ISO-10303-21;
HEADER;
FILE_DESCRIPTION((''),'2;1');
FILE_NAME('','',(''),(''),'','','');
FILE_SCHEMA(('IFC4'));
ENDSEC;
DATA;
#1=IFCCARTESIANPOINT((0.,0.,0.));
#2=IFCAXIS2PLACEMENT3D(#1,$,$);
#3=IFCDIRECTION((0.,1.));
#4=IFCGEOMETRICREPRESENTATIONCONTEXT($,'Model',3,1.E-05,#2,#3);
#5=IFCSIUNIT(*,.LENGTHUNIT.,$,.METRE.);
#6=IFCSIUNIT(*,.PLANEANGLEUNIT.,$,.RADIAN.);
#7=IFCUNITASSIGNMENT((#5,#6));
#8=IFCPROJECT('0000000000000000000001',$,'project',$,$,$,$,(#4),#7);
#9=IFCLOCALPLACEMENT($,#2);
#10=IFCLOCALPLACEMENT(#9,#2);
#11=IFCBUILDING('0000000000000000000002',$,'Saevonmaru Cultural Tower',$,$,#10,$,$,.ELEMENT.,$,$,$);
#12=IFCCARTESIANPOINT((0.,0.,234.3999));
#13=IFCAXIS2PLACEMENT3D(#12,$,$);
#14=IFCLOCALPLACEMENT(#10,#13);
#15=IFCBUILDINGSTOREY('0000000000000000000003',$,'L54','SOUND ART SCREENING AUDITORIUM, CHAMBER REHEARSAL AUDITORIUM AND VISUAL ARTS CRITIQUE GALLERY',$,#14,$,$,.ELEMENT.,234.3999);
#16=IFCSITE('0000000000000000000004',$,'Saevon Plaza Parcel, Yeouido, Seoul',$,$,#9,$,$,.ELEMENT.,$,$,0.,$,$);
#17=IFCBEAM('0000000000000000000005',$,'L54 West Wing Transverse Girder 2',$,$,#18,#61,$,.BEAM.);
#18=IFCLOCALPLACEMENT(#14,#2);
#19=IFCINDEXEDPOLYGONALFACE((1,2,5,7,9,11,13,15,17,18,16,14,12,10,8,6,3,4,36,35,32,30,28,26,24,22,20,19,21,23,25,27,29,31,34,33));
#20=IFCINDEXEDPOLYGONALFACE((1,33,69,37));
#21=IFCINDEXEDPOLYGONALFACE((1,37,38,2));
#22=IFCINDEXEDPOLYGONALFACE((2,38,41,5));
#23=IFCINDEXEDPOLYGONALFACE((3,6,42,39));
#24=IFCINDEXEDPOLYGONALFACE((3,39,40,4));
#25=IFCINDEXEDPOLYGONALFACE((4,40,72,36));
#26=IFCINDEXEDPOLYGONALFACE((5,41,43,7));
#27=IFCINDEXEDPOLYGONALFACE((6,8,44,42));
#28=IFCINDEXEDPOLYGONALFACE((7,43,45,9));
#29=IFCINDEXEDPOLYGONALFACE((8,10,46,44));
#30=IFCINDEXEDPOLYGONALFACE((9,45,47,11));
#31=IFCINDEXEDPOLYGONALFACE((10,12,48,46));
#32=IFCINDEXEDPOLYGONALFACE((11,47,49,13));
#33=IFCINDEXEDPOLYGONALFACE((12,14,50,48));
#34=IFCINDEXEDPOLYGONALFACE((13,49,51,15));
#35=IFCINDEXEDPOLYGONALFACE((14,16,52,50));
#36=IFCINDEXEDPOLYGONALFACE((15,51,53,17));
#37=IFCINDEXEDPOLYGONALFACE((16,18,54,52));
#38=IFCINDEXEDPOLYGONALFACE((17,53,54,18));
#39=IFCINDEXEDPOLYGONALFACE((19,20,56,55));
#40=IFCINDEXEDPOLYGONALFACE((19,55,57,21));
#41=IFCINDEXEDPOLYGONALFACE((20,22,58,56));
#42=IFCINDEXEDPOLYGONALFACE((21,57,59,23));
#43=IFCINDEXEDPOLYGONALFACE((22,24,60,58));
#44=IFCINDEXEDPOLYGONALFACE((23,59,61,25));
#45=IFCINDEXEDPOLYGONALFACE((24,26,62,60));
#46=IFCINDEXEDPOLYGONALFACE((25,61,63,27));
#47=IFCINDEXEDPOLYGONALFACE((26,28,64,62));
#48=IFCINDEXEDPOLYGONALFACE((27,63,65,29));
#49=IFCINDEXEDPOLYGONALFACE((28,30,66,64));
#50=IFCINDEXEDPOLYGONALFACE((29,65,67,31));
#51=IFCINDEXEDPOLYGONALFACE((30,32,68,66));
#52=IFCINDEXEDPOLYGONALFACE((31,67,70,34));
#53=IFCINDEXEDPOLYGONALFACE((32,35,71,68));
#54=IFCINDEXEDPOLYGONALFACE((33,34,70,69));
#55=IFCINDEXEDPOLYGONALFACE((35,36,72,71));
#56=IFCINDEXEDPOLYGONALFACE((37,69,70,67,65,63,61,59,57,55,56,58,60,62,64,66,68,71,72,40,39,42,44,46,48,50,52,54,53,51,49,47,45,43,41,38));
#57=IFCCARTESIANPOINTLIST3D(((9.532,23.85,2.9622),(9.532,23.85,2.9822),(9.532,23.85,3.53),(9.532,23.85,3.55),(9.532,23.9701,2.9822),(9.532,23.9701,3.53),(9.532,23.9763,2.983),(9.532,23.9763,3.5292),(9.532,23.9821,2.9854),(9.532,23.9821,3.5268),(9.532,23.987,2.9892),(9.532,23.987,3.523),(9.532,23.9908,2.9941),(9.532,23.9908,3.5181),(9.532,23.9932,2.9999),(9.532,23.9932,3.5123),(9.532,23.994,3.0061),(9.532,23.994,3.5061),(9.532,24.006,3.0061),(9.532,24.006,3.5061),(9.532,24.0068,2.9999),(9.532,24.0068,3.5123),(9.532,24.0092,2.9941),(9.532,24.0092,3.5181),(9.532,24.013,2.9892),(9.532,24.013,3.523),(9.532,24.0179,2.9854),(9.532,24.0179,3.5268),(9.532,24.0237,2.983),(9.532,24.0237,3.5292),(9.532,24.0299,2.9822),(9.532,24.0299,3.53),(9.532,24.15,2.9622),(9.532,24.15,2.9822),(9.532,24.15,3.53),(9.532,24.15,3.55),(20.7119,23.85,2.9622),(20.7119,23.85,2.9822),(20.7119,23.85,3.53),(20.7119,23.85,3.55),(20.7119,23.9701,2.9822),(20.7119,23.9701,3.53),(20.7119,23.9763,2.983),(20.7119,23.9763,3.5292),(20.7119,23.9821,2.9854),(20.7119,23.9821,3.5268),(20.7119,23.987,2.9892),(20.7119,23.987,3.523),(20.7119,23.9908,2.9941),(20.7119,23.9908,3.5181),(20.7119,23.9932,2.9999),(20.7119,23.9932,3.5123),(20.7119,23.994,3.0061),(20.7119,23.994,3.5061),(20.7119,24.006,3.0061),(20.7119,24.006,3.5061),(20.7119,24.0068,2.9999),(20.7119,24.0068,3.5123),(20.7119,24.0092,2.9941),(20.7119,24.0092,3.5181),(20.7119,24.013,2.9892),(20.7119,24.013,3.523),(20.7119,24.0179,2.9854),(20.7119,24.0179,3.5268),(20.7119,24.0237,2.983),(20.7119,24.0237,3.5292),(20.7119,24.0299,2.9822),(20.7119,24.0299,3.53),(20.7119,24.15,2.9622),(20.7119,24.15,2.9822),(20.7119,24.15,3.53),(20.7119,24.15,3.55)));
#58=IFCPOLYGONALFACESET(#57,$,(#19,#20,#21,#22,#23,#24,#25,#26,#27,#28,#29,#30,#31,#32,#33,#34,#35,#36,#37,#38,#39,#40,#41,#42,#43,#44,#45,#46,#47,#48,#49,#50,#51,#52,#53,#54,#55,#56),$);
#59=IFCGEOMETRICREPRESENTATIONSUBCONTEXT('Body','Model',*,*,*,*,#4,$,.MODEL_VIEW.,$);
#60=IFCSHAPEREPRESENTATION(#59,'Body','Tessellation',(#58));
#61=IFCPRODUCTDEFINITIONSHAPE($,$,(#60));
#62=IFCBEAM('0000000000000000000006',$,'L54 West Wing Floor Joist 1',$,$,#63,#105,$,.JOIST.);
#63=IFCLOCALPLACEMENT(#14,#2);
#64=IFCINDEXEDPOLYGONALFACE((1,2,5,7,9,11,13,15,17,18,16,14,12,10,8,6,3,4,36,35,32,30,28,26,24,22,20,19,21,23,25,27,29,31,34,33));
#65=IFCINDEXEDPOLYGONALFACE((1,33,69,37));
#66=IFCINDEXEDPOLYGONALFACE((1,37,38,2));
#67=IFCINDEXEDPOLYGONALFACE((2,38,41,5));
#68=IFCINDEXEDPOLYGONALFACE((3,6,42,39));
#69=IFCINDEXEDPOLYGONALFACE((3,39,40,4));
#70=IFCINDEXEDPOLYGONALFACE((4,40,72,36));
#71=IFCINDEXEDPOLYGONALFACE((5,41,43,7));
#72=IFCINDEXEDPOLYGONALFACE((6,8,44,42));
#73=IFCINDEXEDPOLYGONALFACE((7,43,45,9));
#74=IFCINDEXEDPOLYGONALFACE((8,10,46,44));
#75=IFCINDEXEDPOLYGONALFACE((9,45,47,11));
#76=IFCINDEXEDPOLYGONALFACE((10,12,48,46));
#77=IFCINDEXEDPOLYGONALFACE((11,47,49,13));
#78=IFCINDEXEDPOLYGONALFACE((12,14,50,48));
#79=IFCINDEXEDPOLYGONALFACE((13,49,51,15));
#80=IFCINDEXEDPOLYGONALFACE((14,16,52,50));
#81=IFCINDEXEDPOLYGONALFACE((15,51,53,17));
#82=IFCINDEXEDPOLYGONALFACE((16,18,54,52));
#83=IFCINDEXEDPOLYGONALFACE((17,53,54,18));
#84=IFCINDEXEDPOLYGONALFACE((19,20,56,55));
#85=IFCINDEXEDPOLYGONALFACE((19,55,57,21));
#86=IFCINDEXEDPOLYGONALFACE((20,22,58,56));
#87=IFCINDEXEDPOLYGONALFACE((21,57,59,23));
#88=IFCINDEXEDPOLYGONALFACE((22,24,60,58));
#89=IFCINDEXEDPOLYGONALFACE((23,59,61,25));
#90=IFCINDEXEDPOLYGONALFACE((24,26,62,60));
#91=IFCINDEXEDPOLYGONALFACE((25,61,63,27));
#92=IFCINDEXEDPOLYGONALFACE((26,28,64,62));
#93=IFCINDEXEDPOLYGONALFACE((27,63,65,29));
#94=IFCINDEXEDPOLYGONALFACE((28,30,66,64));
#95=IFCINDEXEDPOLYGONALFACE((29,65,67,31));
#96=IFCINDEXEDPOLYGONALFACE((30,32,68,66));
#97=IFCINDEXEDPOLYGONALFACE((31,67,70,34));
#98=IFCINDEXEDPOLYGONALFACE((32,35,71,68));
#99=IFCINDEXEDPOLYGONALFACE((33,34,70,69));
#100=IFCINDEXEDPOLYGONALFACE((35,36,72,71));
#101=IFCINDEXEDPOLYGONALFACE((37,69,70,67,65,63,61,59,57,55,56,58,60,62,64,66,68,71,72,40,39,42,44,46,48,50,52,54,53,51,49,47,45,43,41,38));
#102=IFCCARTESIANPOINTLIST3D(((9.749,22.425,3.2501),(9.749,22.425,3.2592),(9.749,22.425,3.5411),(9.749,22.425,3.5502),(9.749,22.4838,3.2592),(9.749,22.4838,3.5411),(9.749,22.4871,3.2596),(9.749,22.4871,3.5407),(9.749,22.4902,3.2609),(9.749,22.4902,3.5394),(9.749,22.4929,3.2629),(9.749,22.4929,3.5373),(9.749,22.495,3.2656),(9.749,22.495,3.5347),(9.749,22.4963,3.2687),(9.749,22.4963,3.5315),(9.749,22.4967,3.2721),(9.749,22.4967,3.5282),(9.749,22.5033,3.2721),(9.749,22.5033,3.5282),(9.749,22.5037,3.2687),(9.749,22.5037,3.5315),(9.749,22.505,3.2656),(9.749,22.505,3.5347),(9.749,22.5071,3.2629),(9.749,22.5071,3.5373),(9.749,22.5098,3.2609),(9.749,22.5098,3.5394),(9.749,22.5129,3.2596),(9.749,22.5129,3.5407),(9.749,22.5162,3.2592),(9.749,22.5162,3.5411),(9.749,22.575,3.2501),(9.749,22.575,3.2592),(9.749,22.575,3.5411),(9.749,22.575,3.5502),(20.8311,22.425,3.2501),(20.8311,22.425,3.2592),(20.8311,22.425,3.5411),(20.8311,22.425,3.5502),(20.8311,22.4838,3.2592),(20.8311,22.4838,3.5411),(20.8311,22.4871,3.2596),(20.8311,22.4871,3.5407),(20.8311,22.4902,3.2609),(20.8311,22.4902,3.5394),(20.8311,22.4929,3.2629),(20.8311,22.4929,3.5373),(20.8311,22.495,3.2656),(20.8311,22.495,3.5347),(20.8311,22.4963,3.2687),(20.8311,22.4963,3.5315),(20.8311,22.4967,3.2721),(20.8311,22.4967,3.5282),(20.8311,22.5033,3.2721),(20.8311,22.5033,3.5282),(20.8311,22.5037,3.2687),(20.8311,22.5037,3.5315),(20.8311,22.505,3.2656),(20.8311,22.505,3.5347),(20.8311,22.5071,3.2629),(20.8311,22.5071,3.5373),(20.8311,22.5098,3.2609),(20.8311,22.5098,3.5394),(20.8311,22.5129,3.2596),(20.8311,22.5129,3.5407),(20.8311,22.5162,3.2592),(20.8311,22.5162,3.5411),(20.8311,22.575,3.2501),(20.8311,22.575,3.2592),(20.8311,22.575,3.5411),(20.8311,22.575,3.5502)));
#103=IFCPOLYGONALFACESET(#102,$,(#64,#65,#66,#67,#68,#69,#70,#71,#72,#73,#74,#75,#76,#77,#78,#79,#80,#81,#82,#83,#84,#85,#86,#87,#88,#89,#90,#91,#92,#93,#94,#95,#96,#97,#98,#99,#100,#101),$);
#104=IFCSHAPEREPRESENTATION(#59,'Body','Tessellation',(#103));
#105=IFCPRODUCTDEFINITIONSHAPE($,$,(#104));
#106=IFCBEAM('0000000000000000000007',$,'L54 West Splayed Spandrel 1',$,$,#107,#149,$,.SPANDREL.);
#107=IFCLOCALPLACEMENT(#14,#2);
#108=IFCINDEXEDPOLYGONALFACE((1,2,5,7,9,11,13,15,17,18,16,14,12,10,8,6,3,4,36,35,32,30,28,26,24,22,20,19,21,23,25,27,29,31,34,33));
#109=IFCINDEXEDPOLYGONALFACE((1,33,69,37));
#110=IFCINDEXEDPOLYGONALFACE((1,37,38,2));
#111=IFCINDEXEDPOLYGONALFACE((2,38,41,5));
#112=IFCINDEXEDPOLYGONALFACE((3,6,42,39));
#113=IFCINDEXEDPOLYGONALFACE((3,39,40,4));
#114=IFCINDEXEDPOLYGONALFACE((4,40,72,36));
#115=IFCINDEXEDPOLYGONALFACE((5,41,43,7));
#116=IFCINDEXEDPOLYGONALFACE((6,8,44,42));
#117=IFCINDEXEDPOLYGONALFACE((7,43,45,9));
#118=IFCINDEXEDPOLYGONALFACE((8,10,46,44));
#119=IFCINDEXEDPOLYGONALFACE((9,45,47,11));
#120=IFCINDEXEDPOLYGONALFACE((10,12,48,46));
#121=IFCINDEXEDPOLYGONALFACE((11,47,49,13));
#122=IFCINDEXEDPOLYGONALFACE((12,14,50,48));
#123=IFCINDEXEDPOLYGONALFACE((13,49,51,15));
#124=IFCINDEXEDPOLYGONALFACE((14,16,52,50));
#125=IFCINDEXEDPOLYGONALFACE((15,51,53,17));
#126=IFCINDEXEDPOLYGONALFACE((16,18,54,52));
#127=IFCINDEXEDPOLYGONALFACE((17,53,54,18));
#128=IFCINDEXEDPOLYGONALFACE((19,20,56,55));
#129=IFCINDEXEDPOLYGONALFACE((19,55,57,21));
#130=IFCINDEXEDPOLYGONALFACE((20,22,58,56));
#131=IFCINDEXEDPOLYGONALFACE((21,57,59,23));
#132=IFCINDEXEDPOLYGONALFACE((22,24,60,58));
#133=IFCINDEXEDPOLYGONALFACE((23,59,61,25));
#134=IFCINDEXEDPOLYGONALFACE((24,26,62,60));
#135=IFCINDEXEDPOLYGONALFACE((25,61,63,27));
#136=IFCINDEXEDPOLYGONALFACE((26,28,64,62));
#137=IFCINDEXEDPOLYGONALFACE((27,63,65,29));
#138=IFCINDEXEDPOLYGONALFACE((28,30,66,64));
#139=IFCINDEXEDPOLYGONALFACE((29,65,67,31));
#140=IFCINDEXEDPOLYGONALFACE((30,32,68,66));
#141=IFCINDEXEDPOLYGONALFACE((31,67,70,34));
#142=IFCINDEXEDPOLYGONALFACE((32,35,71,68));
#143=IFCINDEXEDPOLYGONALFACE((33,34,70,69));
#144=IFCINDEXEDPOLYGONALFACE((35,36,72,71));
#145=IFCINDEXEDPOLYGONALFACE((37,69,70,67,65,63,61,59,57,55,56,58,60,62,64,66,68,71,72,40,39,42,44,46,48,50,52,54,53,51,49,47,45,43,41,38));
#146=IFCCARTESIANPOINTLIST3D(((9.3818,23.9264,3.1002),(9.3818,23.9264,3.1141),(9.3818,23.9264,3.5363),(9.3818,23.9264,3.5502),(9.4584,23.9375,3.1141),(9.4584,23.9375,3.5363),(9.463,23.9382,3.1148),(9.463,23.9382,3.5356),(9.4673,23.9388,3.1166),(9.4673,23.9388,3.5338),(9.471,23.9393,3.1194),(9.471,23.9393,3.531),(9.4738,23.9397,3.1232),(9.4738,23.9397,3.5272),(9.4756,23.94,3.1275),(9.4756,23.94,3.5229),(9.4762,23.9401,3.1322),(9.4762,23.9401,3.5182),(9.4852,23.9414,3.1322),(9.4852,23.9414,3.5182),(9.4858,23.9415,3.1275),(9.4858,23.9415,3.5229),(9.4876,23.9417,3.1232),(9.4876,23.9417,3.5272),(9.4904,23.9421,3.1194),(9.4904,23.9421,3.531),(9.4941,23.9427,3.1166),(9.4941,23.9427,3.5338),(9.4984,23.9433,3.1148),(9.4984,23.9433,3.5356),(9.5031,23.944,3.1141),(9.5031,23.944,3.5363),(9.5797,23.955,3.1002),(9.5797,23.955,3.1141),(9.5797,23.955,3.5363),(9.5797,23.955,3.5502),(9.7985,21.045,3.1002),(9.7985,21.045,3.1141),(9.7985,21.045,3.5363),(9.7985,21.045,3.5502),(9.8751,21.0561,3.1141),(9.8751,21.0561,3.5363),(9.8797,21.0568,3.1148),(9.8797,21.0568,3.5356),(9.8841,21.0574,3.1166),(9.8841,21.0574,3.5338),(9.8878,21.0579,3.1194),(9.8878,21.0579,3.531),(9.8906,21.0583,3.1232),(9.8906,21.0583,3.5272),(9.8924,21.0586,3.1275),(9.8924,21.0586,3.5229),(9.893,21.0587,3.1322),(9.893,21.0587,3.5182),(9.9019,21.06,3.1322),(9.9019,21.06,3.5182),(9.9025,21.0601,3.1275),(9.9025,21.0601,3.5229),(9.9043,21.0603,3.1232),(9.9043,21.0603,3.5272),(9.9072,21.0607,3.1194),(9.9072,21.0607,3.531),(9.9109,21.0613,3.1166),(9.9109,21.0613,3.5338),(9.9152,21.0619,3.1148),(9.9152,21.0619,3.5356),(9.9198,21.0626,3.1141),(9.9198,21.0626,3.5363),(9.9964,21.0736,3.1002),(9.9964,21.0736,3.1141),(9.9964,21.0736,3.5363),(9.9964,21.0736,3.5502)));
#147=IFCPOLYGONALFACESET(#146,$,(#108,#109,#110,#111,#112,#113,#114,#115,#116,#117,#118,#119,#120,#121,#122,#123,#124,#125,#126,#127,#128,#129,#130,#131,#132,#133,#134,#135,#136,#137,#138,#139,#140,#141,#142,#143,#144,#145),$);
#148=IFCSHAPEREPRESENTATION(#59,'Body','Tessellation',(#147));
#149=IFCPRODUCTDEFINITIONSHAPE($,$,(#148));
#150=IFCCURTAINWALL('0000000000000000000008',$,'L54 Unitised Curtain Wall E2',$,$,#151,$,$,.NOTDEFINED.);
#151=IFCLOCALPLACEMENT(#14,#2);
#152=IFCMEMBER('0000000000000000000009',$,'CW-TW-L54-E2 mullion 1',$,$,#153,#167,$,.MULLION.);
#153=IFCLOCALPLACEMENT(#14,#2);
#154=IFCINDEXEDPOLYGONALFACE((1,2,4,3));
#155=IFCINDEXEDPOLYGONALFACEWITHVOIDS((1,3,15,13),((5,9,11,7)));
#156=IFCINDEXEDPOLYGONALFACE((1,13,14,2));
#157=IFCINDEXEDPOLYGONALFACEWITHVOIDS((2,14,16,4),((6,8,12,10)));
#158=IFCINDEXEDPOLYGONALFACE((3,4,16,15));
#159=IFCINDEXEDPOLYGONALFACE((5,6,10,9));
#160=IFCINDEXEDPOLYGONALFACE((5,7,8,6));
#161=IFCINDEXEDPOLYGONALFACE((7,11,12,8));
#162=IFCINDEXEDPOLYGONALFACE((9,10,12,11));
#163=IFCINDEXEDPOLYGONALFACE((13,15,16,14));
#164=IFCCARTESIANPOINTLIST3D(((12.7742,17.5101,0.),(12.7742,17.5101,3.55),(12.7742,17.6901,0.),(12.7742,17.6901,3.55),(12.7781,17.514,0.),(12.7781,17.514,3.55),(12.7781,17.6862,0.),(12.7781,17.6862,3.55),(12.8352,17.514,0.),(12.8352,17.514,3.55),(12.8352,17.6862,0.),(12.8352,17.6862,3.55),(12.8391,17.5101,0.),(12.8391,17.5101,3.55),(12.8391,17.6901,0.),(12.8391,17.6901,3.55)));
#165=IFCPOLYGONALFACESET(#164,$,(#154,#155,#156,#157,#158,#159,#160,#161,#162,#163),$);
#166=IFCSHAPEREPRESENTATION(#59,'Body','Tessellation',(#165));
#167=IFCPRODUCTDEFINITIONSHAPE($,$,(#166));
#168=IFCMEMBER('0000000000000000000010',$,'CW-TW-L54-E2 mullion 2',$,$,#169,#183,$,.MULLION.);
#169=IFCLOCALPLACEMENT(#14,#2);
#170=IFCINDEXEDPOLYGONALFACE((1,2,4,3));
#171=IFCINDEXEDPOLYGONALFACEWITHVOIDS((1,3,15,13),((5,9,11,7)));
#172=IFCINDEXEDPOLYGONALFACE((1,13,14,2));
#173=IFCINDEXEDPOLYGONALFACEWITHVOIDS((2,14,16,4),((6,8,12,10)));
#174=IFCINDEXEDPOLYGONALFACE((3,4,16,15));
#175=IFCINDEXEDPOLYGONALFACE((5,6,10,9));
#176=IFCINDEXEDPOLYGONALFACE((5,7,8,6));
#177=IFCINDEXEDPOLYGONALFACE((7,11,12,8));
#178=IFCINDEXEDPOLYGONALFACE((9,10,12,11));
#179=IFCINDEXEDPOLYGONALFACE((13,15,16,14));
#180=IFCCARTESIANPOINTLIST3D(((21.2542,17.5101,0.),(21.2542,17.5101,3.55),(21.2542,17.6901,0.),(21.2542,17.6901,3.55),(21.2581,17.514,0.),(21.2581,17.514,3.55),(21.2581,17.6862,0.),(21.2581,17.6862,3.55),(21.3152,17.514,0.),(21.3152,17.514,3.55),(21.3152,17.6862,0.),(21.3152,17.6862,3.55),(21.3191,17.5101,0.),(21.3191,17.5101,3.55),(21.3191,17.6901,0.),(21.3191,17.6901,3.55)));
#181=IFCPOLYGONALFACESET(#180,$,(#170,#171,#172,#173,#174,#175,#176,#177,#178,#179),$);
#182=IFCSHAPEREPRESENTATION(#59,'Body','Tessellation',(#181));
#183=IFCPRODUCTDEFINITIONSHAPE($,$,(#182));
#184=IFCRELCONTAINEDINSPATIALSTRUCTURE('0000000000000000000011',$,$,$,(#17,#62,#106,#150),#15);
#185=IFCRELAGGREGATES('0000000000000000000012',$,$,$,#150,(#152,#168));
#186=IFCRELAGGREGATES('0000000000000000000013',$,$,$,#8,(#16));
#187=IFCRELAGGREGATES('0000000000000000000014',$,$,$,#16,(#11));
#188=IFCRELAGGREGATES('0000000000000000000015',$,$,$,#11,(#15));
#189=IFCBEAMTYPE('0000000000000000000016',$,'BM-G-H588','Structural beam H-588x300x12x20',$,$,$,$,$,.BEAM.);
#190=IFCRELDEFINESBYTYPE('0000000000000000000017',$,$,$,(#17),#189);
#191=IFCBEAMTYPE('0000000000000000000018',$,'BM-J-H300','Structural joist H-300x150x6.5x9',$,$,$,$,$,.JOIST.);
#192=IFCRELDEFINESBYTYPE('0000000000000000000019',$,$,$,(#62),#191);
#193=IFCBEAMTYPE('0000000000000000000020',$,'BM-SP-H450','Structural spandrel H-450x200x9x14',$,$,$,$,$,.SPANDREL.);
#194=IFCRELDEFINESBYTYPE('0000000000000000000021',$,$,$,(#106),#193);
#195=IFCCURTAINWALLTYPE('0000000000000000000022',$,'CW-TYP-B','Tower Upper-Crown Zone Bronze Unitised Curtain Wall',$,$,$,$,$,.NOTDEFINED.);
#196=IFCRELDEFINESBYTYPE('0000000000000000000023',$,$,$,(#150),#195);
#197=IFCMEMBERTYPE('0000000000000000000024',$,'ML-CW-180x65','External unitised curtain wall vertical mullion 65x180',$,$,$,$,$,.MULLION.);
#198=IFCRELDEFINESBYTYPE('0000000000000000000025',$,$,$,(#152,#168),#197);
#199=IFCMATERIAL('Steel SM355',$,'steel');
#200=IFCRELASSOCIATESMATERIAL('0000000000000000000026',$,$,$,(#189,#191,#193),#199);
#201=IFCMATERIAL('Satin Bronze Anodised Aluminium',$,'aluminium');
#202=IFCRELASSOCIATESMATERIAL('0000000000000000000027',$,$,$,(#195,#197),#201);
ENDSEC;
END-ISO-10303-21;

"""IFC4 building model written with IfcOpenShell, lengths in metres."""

from ifc_helpers import new_model, si_unit, direction, frame, origin, origin_2d, place, context, subcontext, project, spatial, hollow_rectangle, i_section, extrude, material, material_profile, profile_set, type_object, element, aggregate, save


model = new_model("IFC4")

# Units and contexts
model_context = context("Model", 3, precision=1e-05, world=origin(), true_north=direction((0.0, 1.0)))
body_context = subcontext(model_context, "Body", "Model", "MODEL_VIEW")
ifc_project = project(units=[si_unit("LENGTHUNIT", "METRE"), si_unit("PLANEANGLEUNIT", "RADIAN")], contexts=[model_context])

# Site, building, storey
site_placement = place(None, origin())
site = spatial("IfcSite", under=ifc_project, at=site_placement, Name="Saevon Plaza Parcel, Yeouido, Seoul", CompositionType="ELEMENT", RefElevation=0.0)
building_placement = place(site_placement, origin())
building = spatial("IfcBuilding", under=site, at=building_placement, Name="Saevonmaru Cultural Tower", CompositionType="ELEMENT")
storey_placement = place(building_placement, frame((0.0, 0.0, 234.3999)))
storey = spatial("IfcBuildingStorey", under=building, at=storey_placement, Name="L54", Description="SOUND ART SCREENING AUDITORIUM, CHAMBER REHEARSAL AUDITORIUM AND VISUAL ARTS CRITIQUE GALLERY", CompositionType="ELEMENT", Elevation=234.3999)

# Shared definitions
ifc_material_1 = material(Name="Steel SM355", Category="steel")

# Beams
ifc_material_profile_1 = material_profile(ifc_material_1, i_section(OverallWidth=0.3, OverallDepth=0.5879, WebThickness=0.012, FlangeThickness=0.02, FilletRadius=0.0239, at=origin_2d()), Name="H-588x300x12x20")
ifc_profile_set_1 = profile_set([ifc_material_profile_1], Name="Steel SM355")
beam_type_1 = type_object("IfcBeamType", Name="BM-G-H588", Description="Structural beam H-588x300x12x20", PredefinedType="BEAM", material=ifc_profile_set_1)
for number, where, z_axis, x_axis, name in (
    (1, (9.532, 24.0, 3.2561), (1.0, 0.0, 0.0), (0.0, 1.0, 0.0), "L54 West Wing Transverse Girder 2"),
):
    element("IfcBeam", number, at=place(storey_placement, frame(where, z_axis=z_axis, x_axis=x_axis)), inside=storey, type_object=beam_type_1, Name=name, PredefinedType="BEAM", context=body_context, shape_type="SweptSolid", body=[
        extrude(i_section(OverallWidth=0.3, OverallDepth=0.5879, WebThickness=0.012, FlangeThickness=0.02, FilletRadius=0.0239, at=origin_2d()), origin(), (0.0, 0.0, 1.0), 11.1799),
    ])
ifc_material_profile_2 = material_profile(ifc_material_1, i_section(OverallWidth=0.1499, OverallDepth=0.3, WebThickness=0.0066, FlangeThickness=0.009, FilletRadius=0.0129, at=origin_2d()), Name="H-300x150x6.5x9")
ifc_profile_set_2 = profile_set([ifc_material_profile_2], Name="Steel SM355")
beam_type_2 = type_object("IfcBeamType", Name="BM-J-H300", Description="Structural joist H-300x150x6.5x9", PredefinedType="JOIST", material=ifc_profile_set_2)
beam_1_placement = place(storey_placement, frame((9.749, 22.5, 3.4001), z_axis=(1.0, 0.0, 0.0), x_axis=(0.0, 1.0, 0.0)))
element("IfcBeam", 2, at=beam_1_placement, inside=storey, type_object=beam_type_2, Name="L54 West Wing Floor Joist 1", PredefinedType="JOIST", context=body_context, shape_type="SweptSolid", body=[
    extrude(i_section(OverallWidth=0.1499, OverallDepth=0.3, WebThickness=0.0066, FlangeThickness=0.009, FilletRadius=0.0129, at=origin_2d()), origin(), (0.0, 0.0, 1.0), 11.082),
])
ifc_material_profile_3 = material_profile(ifc_material_1, i_section(OverallWidth=0.2, OverallDepth=0.45, WebThickness=0.009, FlangeThickness=0.0139, FilletRadius=0.0181, at=origin_2d()), Name="H-450x200x9x14")
ifc_profile_set_3 = profile_set([ifc_material_profile_3], Name="Steel SM355")
beam_type_3 = type_object("IfcBeamType", Name="BM-SP-H450", Description="Structural spandrel H-450x200x9x14", PredefinedType="SPANDREL", material=ifc_profile_set_3)
beam_2_placement = place(storey_placement, frame((9.8975, 21.0593, 3.3252), z_axis=(-0.143147, 0.989701, 0.0), x_axis=(-0.989701, -0.143147, 0.0)))
element("IfcBeam", 3, at=beam_2_placement, inside=storey, type_object=beam_type_3, Name="L54 West Splayed Spandrel 1", PredefinedType="SPANDREL", context=body_context, shape_type="SweptSolid", body=[
    extrude(i_section(OverallWidth=0.2, OverallDepth=0.45, WebThickness=0.009, FlangeThickness=0.0139, FilletRadius=0.0181, at=origin_2d()), origin(), (0.0, 0.0, 1.0), 2.9114),
])

# Curtain wall, members
ifc_material_2 = material(Name="Satin Bronze Anodised Aluminium", Category="aluminium")
curtain_wall_type = type_object("IfcCurtainWallType", Name="CW-TYP-B", Description="Tower Upper-Crown Zone Bronze Unitised Curtain Wall", PredefinedType="NOTDEFINED", material=ifc_material_2)
curtain_wall_1_placement = place(storey_placement, origin())
curtain_wall_1 = element("IfcCurtainWall", 4, at=curtain_wall_1_placement, inside=storey, type_object=curtain_wall_type, Name="L54 Unitised Curtain Wall E2", PredefinedType="NOTDEFINED")
ifc_material_profile_4 = material_profile(ifc_material_2, hollow_rectangle(XDim=0.0649, YDim=0.1799, WallThickness=0.0039, at=origin_2d()), Name="ALU-MULL-180x65x4")
ifc_profile_set_4 = profile_set([ifc_material_profile_4], Name="Satin Bronze Anodised Aluminium")
member_type_1 = type_object("IfcMemberType", Name="ML-CW-180x65", Description="External unitised curtain wall vertical mullion 65x180", PredefinedType="MULLION", material=ifc_profile_set_4)
member_1_placement = place(storey_placement, frame((12.8066, 17.6001, 0.0), z_axis=(0.0, 0.0, 1.0), x_axis=(1.0, 0.0, 0.0)))
member_1 = element("IfcMember", 5, at=member_1_placement, type_object=member_type_1, Name="CW-TW-L54-E2 mullion 1", PredefinedType="MULLION", context=body_context, shape_type="SweptSolid", body=[
    extrude(hollow_rectangle(XDim=0.0649, YDim=0.1799, WallThickness=0.0039, at=origin_2d()), origin(), (0.0, 0.0, 1.0), 3.55),
])
member_2_placement = place(storey_placement, frame((21.2866, 17.6001, 0.0), z_axis=(0.0, 0.0, 1.0), x_axis=(1.0, 0.0, 0.0)))
member_2 = element("IfcMember", 6, at=member_2_placement, type_object=member_type_1, Name="CW-TW-L54-E2 mullion 2", PredefinedType="MULLION", context=body_context, shape_type="SweptSolid", body=[
    extrude(hollow_rectangle(XDim=0.0649, YDim=0.1799, WallThickness=0.0039, at=origin_2d()), origin(), (0.0, 0.0, 1.0), 3.55),
])

aggregate(curtain_wall_1, [member_1, member_2])

save(model, "model.ifc")
